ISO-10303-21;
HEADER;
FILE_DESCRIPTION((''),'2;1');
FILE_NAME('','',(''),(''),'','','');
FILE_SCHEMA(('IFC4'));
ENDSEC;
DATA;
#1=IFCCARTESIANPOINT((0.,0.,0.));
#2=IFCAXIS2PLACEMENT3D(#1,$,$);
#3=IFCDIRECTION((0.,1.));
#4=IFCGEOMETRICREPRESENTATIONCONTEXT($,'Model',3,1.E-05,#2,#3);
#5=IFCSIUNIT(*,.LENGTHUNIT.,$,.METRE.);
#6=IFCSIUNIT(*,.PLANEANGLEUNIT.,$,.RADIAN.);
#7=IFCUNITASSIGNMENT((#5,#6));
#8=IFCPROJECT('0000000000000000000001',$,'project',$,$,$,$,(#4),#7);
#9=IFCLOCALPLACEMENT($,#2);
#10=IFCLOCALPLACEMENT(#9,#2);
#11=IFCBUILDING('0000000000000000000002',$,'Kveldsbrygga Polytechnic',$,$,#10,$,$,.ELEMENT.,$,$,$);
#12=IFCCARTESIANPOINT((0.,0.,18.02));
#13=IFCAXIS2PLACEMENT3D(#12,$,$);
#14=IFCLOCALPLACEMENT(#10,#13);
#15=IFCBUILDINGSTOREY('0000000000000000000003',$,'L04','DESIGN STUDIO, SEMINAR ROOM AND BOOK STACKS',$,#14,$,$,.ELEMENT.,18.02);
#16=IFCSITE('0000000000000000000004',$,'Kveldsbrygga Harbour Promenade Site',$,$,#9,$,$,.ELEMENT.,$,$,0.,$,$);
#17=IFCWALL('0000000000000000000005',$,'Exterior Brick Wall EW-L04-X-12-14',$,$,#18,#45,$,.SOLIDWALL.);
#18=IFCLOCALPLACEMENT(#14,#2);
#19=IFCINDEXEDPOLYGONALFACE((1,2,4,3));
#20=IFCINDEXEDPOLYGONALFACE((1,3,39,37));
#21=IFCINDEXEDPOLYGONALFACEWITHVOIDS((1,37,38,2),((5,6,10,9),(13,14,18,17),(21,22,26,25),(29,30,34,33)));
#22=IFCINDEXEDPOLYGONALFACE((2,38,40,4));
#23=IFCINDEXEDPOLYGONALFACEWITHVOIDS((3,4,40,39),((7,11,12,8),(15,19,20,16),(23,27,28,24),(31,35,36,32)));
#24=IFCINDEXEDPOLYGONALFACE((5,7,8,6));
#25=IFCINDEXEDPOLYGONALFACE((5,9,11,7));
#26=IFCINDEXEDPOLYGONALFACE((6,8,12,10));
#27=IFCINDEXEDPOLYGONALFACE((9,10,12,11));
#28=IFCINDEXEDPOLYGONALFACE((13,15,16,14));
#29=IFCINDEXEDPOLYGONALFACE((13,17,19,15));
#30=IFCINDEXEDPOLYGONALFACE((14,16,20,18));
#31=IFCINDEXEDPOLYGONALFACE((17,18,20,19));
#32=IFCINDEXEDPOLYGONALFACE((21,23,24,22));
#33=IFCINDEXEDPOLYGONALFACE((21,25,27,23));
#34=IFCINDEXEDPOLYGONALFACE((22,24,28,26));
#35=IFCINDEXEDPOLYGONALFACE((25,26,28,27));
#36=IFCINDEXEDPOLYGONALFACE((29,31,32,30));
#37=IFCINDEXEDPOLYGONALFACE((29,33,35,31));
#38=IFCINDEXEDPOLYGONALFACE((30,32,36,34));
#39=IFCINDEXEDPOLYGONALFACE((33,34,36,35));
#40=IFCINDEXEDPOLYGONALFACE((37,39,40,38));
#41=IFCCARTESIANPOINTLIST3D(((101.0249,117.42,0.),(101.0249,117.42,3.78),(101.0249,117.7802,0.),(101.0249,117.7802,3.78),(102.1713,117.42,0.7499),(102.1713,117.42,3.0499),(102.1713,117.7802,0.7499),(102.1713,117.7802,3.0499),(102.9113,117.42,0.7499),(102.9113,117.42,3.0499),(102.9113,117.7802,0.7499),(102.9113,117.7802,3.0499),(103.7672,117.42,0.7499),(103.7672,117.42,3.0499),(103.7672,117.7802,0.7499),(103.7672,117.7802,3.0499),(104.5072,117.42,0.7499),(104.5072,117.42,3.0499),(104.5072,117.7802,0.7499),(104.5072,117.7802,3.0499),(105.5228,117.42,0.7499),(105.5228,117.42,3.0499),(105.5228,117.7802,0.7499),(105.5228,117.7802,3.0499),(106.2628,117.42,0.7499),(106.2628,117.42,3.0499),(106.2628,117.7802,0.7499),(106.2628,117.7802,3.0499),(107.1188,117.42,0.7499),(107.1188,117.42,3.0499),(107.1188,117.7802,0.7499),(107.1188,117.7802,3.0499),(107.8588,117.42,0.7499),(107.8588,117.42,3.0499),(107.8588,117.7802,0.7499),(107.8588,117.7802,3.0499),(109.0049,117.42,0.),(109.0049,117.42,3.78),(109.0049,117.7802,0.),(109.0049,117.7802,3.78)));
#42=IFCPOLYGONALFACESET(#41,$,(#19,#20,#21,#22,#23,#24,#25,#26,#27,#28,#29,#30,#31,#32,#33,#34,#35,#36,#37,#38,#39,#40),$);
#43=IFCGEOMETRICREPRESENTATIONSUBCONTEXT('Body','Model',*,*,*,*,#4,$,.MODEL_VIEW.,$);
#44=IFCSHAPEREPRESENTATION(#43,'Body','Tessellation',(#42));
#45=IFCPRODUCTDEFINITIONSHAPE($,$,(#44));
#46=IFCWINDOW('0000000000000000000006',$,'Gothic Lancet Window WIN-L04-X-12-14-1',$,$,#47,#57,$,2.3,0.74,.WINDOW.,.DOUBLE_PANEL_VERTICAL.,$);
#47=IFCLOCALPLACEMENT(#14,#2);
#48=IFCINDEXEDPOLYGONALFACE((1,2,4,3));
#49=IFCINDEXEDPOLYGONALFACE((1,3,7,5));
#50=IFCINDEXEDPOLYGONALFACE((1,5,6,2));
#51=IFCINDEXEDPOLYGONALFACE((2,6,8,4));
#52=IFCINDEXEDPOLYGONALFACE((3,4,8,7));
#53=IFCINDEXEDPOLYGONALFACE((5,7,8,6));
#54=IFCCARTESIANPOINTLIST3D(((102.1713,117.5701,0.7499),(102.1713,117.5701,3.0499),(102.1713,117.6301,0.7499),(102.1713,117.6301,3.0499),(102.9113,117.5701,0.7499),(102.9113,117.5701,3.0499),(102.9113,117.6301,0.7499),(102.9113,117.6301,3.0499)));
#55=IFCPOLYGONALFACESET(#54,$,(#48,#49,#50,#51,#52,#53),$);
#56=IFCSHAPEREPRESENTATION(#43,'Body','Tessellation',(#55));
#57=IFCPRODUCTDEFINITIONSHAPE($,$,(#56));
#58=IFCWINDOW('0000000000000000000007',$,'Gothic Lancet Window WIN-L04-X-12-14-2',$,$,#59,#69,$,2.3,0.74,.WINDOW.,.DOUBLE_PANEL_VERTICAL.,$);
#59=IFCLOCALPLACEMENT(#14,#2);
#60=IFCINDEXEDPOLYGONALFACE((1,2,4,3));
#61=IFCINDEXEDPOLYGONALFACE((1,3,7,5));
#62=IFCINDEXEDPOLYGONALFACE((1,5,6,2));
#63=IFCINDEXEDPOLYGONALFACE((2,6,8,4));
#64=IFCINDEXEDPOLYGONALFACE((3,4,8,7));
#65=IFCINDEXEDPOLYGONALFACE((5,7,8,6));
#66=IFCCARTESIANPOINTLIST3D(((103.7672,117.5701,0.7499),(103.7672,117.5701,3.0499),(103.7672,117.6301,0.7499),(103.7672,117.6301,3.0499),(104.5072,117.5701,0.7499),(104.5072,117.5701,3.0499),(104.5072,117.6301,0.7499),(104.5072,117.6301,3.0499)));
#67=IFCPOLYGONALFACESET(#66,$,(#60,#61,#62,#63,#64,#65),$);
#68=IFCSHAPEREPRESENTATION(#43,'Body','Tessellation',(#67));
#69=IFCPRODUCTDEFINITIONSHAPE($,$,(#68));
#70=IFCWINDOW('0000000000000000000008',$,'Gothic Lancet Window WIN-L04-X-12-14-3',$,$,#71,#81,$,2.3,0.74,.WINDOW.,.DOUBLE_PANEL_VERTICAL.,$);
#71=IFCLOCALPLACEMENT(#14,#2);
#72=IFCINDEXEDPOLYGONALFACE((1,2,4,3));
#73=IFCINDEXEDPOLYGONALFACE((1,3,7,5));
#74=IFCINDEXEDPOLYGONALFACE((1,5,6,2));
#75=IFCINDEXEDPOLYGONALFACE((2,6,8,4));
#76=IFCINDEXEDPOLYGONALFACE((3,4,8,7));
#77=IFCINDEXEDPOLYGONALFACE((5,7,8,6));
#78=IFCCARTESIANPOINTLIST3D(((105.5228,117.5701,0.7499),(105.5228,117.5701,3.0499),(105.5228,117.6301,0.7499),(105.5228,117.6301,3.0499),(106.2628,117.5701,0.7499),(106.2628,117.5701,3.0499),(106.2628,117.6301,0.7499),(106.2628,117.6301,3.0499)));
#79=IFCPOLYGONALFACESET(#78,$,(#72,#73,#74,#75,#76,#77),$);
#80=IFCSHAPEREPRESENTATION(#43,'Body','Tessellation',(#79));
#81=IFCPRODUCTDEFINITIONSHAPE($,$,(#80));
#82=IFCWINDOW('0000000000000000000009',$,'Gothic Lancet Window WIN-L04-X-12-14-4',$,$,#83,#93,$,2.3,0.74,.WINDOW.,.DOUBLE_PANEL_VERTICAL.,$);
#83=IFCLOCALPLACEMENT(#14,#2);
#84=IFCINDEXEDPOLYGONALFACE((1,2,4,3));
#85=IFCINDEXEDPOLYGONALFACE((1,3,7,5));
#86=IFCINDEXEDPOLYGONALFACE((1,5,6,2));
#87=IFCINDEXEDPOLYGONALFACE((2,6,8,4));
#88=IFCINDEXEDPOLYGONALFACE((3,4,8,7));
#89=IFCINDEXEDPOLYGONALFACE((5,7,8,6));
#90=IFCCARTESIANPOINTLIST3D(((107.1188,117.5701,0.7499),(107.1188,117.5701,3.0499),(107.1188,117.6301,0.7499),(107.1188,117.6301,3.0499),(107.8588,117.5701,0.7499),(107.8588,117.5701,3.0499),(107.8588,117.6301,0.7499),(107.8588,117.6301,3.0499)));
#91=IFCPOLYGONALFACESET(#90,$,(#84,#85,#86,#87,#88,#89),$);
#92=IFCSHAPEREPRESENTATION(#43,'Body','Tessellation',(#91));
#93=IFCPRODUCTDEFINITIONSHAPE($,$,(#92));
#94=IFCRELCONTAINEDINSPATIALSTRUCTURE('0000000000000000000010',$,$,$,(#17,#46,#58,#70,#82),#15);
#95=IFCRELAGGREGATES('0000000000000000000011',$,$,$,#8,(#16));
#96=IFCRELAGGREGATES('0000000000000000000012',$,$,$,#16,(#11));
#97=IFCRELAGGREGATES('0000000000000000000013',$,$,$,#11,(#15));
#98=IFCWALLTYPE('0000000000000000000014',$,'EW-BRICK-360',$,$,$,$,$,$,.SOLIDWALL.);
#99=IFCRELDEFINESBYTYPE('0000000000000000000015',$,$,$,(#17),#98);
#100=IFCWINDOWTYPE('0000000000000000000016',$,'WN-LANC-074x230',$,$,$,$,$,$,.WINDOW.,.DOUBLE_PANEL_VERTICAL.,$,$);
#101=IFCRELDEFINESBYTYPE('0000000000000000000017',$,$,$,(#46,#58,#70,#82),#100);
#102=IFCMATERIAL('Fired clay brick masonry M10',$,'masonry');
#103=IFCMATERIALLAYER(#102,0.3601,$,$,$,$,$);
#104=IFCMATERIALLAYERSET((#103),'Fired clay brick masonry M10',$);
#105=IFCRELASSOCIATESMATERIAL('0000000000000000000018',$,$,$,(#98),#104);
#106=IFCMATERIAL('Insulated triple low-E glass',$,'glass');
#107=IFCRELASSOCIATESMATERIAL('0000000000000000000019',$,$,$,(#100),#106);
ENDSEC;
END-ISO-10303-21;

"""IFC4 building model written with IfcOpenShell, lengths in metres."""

from ifc_helpers import new_model, si_unit, direction, frame, frame_2d, origin, place, context, subcontext, project, spatial, rectangle, extrude, material, layer, layer_set, type_object, element, fill, save


model = new_model("IFC4")

# Units and contexts
model_context = context("Model", 3, precision=1e-05, world=origin(), true_north=direction((0.0, 1.0)))
body_context = subcontext(model_context, "Body", "Model", "MODEL_VIEW")
ifc_project = project(units=[si_unit("LENGTHUNIT", "METRE"), si_unit("PLANEANGLEUNIT", "RADIAN")], contexts=[model_context])

# Site, building, storey
site_placement = place(None, origin())
site = spatial("IfcSite", under=ifc_project, at=site_placement, Name="Kveldsbrygga Harbour Promenade Site", CompositionType="ELEMENT", RefElevation=0.0)
building_placement = place(site_placement, origin())
building = spatial("IfcBuilding", under=site, at=building_placement, Name="Kveldsbrygga Polytechnic", CompositionType="ELEMENT")
storey_placement = place(building_placement, frame((0.0, 0.0, 18.02)))
storey = spatial("IfcBuildingStorey", under=building, at=storey_placement, Name="L04", Description="DESIGN STUDIO, SEMINAR ROOM AND BOOK STACKS", CompositionType="ELEMENT", Elevation=18.02)

# Wall, openings, windows
ifc_material_1 = material(Name="Fired clay brick masonry M10", Category="masonry")
ifc_layer_1 = layer(ifc_material_1, 0.3601)
ifc_layer_set_1 = layer_set([ifc_layer_1], Name="Fired clay brick masonry M10")
wall_type = type_object("IfcWallType", Name="EW-BRICK-360", PredefinedType="SOLIDWALL", material=ifc_layer_set_1)
wall_1_placement = place(storey_placement, frame((101.0249, 117.6001, 0.0), z_axis=(0.0, 0.0, 1.0), x_axis=(1.0, 0.0, 0.0)))
wall_1 = element("IfcWall", 1, at=wall_1_placement, inside=storey, type_object=wall_type, Name="Exterior Brick Wall EW-L04-X-12-14", PredefinedType="SOLIDWALL", context=body_context, shape_type="SweptSolid", body=[
    extrude(rectangle(XDim=7.98, YDim=0.3601, at=frame_2d((3.99, 0.0))), origin(), (0.0, 0.0, 1.0), 3.78),
])
opening_1_placement = place(wall_1_placement, frame((1.1462, 0.0, 0.75)))
opening_1 = element("IfcOpeningElement", 2, at=opening_1_placement, cuts=wall_1, PredefinedType="OPENING", context=body_context, shape_type="SweptSolid", body=[
    extrude(rectangle(XDim=0.74, YDim=2.3, at=frame_2d((0.3701, 1.1499))), frame((0.0, 0.1899, 0.0), z_axis=(0.0, -1.0, 0.0), x_axis=(1.0, 0.0, 0.0)), (0.0, 0.0, 1.0), 0.3801),
])
opening_2_placement = place(wall_1_placement, frame((2.7422, 0.0, 0.75)))
opening_2 = element("IfcOpeningElement", 3, at=opening_2_placement, cuts=wall_1, PredefinedType="OPENING", context=body_context, shape_type="SweptSolid", body=[
    extrude(rectangle(XDim=0.74, YDim=2.3, at=frame_2d((0.3701, 1.1499))), frame((0.0, 0.1899, 0.0), z_axis=(0.0, -1.0, 0.0), x_axis=(1.0, 0.0, 0.0)), (0.0, 0.0, 1.0), 0.3801),
])
opening_3_placement = place(wall_1_placement, frame((4.4978, 0.0, 0.75)))
opening_3 = element("IfcOpeningElement", 4, at=opening_3_placement, cuts=wall_1, PredefinedType="OPENING", context=body_context, shape_type="SweptSolid", body=[
    extrude(rectangle(XDim=0.74, YDim=2.3, at=frame_2d((0.3701, 1.1499))), frame((0.0, 0.1899, 0.0), z_axis=(0.0, -1.0, 0.0), x_axis=(1.0, 0.0, 0.0)), (0.0, 0.0, 1.0), 0.3801),
])
opening_4_placement = place(wall_1_placement, frame((6.0938, 0.0, 0.75)))
opening_4 = element("IfcOpeningElement", 5, at=opening_4_placement, cuts=wall_1, PredefinedType="OPENING", context=body_context, shape_type="SweptSolid", body=[
    extrude(rectangle(XDim=0.74, YDim=2.3, at=frame_2d((0.3701, 1.1499))), frame((0.0, 0.1899, 0.0), z_axis=(0.0, -1.0, 0.0), x_axis=(1.0, 0.0, 0.0)), (0.0, 0.0, 1.0), 0.3801),
])
ifc_material_2 = material(Name="Insulated triple low-E glass", Category="glass")
window_type_1 = type_object("IfcWindowType", Name="WN-LANC-074x230", PartitioningType="DOUBLE_PANEL_VERTICAL", PredefinedType="WINDOW", material=ifc_material_2)
window_1_placement = place(opening_1_placement, origin())
window_1 = element("IfcWindow", 6, at=window_1_placement, inside=storey, type_object=window_type_1, Name="Gothic Lancet Window WIN-L04-X-12-14-1", OverallHeight=2.3, OverallWidth=0.74, PartitioningType="DOUBLE_PANEL_VERTICAL", PredefinedType="WINDOW", context=body_context, shape_type="SweptSolid", body=[
    extrude(rectangle(XDim=0.74, YDim=2.3, at=frame_2d((0.3701, 1.1499))), frame((0.0, 0.03, 0.0), z_axis=(0.0, -1.0, 0.0), x_axis=(1.0, 0.0, 0.0)), (0.0, 0.0, 1.0), 0.0601),
])
fill(opening_1, window_1)
window_2_placement = place(opening_2_placement, origin())
window_2 = element("IfcWindow", 7, at=window_2_placement, inside=storey, type_object=window_type_1, Name="Gothic Lancet Window WIN-L04-X-12-14-2", OverallHeight=2.3, OverallWidth=0.74, PartitioningType="DOUBLE_PANEL_VERTICAL", PredefinedType="WINDOW", context=body_context, shape_type="SweptSolid", body=[
    extrude(rectangle(XDim=0.74, YDim=2.3, at=frame_2d((0.3701, 1.1499))), frame((0.0, 0.03, 0.0), z_axis=(0.0, -1.0, 0.0), x_axis=(1.0, 0.0, 0.0)), (0.0, 0.0, 1.0), 0.0601),
])
fill(opening_2, window_2)
window_3_placement = place(opening_3_placement, origin())
window_3 = element("IfcWindow", 8, at=window_3_placement, inside=storey, type_object=window_type_1, Name="Gothic Lancet Window WIN-L04-X-12-14-3", OverallHeight=2.3, OverallWidth=0.74, PartitioningType="DOUBLE_PANEL_VERTICAL", PredefinedType="WINDOW", context=body_context, shape_type="SweptSolid", body=[
    extrude(rectangle(XDim=0.74, YDim=2.3, at=frame_2d((0.3701, 1.1499))), frame((0.0, 0.03, 0.0), z_axis=(0.0, -1.0, 0.0), x_axis=(1.0, 0.0, 0.0)), (0.0, 0.0, 1.0), 0.0601),
])
fill(opening_3, window_3)
window_4_placement = place(opening_4_placement, origin())
window_4 = element("IfcWindow", 9, at=window_4_placement, inside=storey, type_object=window_type_1, Name="Gothic Lancet Window WIN-L04-X-12-14-4", OverallHeight=2.3, OverallWidth=0.74, PartitioningType="DOUBLE_PANEL_VERTICAL", PredefinedType="WINDOW", context=body_context, shape_type="SweptSolid", body=[
    extrude(rectangle(XDim=0.74, YDim=2.3, at=frame_2d((0.3701, 1.1499))), frame((0.0, 0.03, 0.0), z_axis=(0.0, -1.0, 0.0), x_axis=(1.0, 0.0, 0.0)), (0.0, 0.0, 1.0), 0.0601),
])
fill(opening_4, window_4)

save(model, "model.ifc")
